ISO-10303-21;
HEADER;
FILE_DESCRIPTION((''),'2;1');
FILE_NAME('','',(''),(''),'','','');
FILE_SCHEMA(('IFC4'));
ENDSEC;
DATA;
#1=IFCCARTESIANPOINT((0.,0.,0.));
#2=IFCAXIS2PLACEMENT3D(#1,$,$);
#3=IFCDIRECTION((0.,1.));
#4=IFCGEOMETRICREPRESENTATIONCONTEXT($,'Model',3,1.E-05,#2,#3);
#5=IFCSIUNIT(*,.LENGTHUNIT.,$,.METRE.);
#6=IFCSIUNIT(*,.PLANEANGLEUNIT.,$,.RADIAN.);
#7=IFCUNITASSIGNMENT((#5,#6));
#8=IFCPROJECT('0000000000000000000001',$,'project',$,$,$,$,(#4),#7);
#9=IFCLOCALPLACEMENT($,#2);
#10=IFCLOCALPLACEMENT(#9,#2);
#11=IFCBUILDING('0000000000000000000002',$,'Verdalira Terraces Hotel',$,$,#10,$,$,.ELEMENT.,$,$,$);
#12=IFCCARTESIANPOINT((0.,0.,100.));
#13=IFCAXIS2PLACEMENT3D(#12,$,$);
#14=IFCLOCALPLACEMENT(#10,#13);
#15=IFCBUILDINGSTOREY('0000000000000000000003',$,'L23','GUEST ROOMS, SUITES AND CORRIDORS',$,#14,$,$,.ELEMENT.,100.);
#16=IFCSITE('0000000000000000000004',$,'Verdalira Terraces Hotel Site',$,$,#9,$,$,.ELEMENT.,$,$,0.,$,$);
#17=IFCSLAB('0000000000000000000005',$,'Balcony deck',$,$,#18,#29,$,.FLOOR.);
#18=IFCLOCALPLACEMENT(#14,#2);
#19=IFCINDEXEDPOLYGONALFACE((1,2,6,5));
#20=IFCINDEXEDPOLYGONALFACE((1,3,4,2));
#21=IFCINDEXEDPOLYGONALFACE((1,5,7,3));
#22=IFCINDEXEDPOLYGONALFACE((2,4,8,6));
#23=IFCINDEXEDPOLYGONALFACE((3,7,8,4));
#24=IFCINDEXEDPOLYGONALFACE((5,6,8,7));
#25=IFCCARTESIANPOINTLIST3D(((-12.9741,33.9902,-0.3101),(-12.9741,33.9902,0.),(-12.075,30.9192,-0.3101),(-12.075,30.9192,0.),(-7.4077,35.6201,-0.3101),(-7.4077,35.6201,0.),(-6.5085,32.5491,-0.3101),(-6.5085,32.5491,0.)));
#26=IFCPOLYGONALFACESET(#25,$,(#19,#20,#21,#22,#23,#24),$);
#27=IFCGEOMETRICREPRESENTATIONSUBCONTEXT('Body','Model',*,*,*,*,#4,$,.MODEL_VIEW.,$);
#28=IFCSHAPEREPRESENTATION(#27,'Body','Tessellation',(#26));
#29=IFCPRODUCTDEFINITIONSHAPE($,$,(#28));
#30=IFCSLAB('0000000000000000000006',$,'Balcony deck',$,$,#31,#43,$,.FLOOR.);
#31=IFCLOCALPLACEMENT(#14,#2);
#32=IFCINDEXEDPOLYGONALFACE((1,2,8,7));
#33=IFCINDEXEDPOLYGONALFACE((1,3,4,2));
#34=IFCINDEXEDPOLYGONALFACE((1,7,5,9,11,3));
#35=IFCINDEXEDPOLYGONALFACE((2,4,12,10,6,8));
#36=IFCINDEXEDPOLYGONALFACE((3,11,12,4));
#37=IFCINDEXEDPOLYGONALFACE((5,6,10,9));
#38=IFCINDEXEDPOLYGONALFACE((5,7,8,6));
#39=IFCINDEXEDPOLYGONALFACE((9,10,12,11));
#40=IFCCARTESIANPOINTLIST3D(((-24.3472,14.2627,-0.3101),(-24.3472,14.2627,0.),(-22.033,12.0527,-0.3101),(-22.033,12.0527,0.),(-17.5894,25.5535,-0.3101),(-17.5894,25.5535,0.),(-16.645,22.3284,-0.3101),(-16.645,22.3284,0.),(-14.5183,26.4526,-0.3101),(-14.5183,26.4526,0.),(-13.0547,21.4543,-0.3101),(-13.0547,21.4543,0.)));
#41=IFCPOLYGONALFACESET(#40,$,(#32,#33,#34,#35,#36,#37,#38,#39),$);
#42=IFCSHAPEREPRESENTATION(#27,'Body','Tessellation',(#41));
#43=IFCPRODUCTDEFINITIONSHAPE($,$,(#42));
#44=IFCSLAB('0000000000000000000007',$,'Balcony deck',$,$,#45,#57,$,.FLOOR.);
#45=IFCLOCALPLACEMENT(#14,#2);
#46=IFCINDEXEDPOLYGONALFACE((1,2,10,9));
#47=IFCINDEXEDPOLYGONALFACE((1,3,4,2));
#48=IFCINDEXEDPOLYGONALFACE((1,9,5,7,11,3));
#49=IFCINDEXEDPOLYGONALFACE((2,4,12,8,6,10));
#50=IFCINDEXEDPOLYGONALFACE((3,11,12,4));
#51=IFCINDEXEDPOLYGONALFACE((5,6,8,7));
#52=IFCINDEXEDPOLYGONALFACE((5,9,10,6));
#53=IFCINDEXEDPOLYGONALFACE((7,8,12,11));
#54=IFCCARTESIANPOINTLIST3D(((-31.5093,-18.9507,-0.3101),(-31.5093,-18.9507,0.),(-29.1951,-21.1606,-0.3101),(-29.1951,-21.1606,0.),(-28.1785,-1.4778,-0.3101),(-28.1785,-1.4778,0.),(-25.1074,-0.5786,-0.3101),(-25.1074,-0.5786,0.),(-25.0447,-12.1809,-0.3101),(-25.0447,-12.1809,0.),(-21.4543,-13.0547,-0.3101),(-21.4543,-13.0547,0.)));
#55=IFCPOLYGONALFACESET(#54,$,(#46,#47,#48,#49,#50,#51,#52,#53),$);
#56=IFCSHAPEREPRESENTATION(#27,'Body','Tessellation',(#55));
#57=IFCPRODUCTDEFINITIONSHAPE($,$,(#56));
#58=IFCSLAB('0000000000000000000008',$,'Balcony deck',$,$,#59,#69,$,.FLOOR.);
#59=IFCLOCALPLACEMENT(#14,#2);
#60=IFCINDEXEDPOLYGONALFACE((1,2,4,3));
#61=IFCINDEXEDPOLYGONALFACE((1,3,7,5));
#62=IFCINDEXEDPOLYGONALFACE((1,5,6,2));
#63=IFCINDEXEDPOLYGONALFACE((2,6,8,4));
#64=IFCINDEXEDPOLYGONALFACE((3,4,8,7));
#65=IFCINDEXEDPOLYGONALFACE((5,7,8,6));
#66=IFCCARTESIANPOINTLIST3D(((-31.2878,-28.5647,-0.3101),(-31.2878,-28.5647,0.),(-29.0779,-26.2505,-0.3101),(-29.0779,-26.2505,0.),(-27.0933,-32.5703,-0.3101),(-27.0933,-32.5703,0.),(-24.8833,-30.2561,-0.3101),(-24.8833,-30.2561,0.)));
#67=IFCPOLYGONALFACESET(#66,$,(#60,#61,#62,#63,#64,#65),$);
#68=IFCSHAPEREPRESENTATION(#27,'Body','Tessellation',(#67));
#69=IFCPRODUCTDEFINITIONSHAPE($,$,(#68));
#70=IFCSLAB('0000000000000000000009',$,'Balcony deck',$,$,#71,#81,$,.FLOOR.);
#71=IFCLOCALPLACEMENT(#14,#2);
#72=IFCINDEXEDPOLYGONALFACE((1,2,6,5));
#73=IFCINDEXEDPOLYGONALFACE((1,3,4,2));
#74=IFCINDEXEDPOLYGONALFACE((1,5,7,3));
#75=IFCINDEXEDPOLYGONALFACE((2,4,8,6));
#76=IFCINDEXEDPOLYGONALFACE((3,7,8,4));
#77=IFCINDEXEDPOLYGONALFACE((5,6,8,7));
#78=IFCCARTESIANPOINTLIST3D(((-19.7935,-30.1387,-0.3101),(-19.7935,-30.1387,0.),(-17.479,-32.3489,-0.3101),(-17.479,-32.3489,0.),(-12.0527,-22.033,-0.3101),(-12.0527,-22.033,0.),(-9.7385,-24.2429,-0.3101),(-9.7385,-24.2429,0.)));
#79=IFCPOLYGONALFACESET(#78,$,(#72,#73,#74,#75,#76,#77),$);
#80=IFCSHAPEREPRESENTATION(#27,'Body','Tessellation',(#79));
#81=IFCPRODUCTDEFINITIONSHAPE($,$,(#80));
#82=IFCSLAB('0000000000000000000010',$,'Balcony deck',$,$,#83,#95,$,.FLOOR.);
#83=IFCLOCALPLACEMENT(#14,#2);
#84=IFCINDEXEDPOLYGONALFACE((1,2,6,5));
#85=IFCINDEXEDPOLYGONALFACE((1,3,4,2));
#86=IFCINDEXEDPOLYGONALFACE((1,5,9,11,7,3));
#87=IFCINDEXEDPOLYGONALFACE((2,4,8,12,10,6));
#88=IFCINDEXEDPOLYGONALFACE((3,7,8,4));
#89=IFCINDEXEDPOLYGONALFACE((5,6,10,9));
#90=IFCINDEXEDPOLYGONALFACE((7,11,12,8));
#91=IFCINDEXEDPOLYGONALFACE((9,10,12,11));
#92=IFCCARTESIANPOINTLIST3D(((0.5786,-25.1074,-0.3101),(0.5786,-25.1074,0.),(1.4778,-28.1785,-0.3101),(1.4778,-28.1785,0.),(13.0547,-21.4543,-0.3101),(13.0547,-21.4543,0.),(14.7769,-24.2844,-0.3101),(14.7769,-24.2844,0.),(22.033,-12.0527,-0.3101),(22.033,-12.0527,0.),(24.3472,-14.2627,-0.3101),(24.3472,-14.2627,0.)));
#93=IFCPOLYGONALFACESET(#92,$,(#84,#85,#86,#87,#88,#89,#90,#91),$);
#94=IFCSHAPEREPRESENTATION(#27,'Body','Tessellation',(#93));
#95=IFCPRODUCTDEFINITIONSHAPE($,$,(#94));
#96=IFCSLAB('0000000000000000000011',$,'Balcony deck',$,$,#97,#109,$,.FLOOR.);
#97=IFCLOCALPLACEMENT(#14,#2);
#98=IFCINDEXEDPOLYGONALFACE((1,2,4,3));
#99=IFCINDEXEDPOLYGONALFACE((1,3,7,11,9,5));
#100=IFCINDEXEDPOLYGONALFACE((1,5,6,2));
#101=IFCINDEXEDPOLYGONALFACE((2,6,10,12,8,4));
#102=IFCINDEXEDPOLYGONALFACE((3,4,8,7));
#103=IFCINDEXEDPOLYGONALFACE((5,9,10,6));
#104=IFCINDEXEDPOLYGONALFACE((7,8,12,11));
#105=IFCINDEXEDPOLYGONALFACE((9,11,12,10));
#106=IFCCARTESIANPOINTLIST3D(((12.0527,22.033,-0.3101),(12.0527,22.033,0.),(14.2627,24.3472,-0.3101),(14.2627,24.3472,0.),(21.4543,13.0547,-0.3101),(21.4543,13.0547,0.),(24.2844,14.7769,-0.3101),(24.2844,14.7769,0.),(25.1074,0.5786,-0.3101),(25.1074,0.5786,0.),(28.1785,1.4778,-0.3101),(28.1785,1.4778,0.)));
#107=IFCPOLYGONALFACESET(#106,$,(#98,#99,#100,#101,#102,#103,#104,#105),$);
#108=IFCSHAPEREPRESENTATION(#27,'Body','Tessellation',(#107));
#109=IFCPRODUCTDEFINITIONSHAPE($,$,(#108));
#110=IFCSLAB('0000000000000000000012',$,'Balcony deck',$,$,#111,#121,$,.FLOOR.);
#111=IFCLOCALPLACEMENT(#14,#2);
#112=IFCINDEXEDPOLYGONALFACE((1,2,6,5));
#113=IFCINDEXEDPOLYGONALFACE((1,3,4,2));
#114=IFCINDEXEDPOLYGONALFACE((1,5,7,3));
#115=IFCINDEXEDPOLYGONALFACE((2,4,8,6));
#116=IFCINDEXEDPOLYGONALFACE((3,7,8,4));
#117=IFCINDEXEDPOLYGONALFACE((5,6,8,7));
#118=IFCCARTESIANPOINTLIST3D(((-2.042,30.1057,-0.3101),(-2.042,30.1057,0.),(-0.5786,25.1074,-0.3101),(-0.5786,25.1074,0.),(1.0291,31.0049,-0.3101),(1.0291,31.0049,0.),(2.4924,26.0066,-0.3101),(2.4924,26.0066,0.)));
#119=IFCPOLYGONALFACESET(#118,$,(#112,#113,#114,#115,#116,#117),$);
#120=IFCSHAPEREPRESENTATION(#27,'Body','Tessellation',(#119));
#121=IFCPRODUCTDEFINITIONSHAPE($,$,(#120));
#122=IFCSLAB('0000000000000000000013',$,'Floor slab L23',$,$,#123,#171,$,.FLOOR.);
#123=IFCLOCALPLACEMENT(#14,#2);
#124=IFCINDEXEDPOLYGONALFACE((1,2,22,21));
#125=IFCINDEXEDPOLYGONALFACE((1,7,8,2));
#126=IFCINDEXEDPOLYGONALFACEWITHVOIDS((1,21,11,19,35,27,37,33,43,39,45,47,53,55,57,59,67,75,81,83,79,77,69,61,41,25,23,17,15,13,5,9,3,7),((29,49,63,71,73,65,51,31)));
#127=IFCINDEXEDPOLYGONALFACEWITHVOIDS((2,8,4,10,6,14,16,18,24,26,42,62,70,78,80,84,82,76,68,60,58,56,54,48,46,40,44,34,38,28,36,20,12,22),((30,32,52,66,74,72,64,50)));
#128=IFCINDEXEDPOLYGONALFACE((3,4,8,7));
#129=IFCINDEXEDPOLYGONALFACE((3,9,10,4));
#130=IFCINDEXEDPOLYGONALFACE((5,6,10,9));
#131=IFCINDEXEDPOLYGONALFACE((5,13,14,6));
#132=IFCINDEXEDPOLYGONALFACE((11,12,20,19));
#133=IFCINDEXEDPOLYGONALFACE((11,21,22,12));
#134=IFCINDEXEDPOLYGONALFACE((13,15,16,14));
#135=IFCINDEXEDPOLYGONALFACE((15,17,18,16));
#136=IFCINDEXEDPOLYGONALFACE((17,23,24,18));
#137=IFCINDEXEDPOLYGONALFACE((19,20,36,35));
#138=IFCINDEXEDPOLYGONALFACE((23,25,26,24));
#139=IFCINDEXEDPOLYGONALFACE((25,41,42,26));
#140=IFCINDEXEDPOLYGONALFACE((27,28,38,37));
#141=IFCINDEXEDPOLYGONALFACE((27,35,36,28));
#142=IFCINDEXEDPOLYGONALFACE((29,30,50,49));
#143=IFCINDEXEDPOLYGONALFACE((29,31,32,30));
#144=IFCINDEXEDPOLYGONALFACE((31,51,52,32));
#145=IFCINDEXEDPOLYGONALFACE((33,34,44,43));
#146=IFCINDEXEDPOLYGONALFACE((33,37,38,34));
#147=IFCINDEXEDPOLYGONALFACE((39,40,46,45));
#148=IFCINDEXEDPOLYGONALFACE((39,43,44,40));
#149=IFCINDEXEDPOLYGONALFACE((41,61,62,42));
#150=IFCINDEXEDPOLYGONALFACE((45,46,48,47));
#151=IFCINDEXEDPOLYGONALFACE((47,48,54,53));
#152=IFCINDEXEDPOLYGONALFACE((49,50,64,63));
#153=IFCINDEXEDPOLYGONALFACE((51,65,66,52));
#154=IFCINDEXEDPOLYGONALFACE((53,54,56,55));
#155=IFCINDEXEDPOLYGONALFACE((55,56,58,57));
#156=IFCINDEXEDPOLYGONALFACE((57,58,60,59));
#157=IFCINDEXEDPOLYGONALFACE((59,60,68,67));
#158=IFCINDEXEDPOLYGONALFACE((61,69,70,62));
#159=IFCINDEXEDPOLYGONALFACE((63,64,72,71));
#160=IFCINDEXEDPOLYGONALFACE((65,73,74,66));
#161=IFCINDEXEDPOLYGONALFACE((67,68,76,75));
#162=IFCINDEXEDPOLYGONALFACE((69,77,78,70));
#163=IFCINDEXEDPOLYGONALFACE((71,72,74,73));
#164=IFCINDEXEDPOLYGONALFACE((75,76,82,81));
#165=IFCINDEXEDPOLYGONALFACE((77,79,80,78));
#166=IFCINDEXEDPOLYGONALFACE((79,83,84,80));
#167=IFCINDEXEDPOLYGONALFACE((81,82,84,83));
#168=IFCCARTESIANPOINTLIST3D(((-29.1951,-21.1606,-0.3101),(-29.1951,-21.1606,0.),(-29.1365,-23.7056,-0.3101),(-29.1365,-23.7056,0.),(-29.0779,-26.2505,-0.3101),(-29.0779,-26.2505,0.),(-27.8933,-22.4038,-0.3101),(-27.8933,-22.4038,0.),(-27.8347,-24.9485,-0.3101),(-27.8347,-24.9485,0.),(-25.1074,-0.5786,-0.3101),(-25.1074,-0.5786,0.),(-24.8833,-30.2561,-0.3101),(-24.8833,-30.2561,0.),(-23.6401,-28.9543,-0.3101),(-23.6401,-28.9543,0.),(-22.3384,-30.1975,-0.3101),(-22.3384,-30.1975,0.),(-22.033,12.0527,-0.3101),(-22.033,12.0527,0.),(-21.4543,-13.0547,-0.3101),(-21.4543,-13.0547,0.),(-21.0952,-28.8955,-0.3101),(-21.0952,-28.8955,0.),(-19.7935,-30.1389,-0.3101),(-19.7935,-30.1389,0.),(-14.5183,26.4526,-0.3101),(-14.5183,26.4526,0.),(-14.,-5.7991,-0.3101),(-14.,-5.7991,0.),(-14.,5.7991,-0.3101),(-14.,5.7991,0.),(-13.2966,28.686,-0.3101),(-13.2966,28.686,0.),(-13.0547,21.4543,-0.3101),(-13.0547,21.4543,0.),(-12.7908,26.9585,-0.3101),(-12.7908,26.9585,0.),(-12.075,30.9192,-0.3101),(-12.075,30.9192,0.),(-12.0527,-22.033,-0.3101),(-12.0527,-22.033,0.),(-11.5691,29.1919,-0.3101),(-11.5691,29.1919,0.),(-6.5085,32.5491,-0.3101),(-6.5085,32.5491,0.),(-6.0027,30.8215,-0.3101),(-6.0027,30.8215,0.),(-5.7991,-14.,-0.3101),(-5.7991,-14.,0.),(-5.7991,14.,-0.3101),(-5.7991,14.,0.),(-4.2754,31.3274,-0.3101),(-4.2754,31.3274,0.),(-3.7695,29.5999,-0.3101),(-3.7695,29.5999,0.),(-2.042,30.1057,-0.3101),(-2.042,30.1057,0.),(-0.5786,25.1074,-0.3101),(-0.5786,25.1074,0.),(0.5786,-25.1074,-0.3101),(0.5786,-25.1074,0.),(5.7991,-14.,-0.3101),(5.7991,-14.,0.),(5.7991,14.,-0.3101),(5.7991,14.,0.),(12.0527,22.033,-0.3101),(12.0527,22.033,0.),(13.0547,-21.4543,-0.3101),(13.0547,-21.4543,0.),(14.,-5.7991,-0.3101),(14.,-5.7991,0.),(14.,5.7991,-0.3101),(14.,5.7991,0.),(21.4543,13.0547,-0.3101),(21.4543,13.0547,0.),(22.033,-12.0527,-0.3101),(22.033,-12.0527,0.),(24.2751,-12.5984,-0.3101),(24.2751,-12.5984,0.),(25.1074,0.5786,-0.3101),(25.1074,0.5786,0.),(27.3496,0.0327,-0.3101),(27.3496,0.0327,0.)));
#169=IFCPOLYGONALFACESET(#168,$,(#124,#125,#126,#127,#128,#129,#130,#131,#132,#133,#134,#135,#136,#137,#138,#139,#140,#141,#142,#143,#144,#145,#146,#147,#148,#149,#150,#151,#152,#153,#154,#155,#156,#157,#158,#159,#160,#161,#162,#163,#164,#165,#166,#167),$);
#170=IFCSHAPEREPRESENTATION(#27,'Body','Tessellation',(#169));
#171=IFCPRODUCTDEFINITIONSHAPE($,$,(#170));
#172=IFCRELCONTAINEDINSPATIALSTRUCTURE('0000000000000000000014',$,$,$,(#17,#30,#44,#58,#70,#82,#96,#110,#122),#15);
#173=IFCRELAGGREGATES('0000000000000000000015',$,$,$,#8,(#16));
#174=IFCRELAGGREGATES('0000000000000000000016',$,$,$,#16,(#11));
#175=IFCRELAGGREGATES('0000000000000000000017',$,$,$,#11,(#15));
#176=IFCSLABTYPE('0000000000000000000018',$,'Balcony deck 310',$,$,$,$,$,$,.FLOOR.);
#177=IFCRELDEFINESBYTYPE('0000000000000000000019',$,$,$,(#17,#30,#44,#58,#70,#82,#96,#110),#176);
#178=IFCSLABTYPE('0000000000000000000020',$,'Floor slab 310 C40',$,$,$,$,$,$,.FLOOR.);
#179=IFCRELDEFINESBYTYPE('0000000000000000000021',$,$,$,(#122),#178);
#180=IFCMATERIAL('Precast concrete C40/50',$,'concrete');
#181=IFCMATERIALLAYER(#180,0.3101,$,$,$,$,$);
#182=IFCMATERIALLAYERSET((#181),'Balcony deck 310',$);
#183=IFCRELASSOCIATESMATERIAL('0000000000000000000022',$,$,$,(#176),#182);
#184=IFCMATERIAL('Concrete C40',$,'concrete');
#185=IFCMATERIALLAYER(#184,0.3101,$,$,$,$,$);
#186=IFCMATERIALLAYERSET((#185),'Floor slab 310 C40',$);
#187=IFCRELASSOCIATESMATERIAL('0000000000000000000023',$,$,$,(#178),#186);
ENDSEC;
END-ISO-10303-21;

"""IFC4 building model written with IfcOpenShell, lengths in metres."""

from ifc_helpers import new_model, si_unit, direction, frame, origin, place, context, subcontext, project, spatial, polyline, outline, extrude, material, layer, layer_set, type_object, element, save


model = new_model("IFC4")

# Units and contexts
model_context = context("Model", 3, precision=1e-05, world=origin(), true_north=direction((0.0, 1.0)))
body_context = subcontext(model_context, "Body", "Model", "MODEL_VIEW")
ifc_project = project(units=[si_unit("LENGTHUNIT", "METRE"), si_unit("PLANEANGLEUNIT", "RADIAN")], contexts=[model_context])

# Site, building, storey
site_placement = place(None, origin())
site = spatial("IfcSite", under=ifc_project, at=site_placement, Name="Verdalira Terraces Hotel Site", CompositionType="ELEMENT", RefElevation=0.0)
building_placement = place(site_placement, origin())
building = spatial("IfcBuilding", under=site, at=building_placement, Name="Verdalira Terraces Hotel", CompositionType="ELEMENT")
storey_placement = place(building_placement, frame((0.0, 0.0, 100.0)))
storey = spatial("IfcBuildingStorey", under=building, at=storey_placement, Name="L23", Description="GUEST ROOMS, SUITES AND CORRIDORS", CompositionType="ELEMENT", Elevation=100.0)

# Slabs
ifc_material_1 = material(Name="Precast concrete C40/50", Category="concrete")
ifc_layer_1 = layer(ifc_material_1, 0.3101)
ifc_layer_set_1 = layer_set([ifc_layer_1], Name="Balcony deck 310")
slab_type_1 = type_object("IfcSlabType", Name="Balcony deck 310", PredefinedType="FLOOR", material=ifc_layer_set_1)
slab_1_placement = place(storey_placement, frame((0.0, 0.0, -0.3101)))
element("IfcSlab", 1, at=slab_1_placement, inside=storey, type_object=slab_type_1, Name="Balcony deck", PredefinedType="FLOOR", context=body_context, shape_type="SweptSolid", body=[
    extrude(outline(polyline([(-12.9741, 33.9902), (-12.075, 30.9192), (-6.5085, 32.5491), (-7.4077, 35.6201), (-12.9741, 33.9902)])), origin(), (0.0, 0.0, 1.0), 0.3101),
])
slab_2_placement = place(storey_placement, frame((0.0, 0.0, -0.3101)))
element("IfcSlab", 2, at=slab_2_placement, inside=storey, type_object=slab_type_1, Name="Balcony deck", PredefinedType="FLOOR", context=body_context, shape_type="SweptSolid", body=[
    extrude(outline(polyline([(-16.645, 22.3284), (-24.3472, 14.2627), (-22.033, 12.0527), (-13.0547, 21.4543), (-14.5183, 26.4526), (-17.5894, 25.5535), (-16.645, 22.3284)])), origin(), (0.0, 0.0, 1.0), 0.3101),
])
slab_3_placement = place(storey_placement, frame((0.0, 0.0, -0.3101)))
element("IfcSlab", 3, at=slab_3_placement, inside=storey, type_object=slab_type_1, Name="Balcony deck", PredefinedType="FLOOR", context=body_context, shape_type="SweptSolid", body=[
    extrude(outline(polyline([(-25.0447, -12.1809), (-31.5093, -18.9507), (-29.1951, -21.1606), (-21.4543, -13.0547), (-25.1074, -0.5786), (-28.1785, -1.4778), (-25.0447, -12.1809)])), origin(), (0.0, 0.0, 1.0), 0.3101),
])
slab_4_placement = place(storey_placement, frame((0.0, 0.0, -0.3101)))
element("IfcSlab", 4, at=slab_4_placement, inside=storey, type_object=slab_type_1, Name="Balcony deck", PredefinedType="FLOOR", context=body_context, shape_type="SweptSolid", body=[
    extrude(outline(polyline([(-27.0933, -32.5703), (-24.8833, -30.2561), (-29.0779, -26.2505), (-31.2878, -28.5647), (-27.0933, -32.5703)])), origin(), (0.0, 0.0, 1.0), 0.3101),
])
slab_5_placement = place(storey_placement, frame((0.0, 0.0, -0.3101)))
element("IfcSlab", 5, at=slab_5_placement, inside=storey, type_object=slab_type_1, Name="Balcony deck", PredefinedType="FLOOR", context=body_context, shape_type="SweptSolid", body=[
    extrude(outline(polyline([(-9.7385, -24.2429), (-12.0527, -22.033), (-19.7935, -30.1387), (-17.479, -32.3489), (-9.7385, -24.2429)])), origin(), (0.0, 0.0, 1.0), 0.3101),
])
slab_6_placement = place(storey_placement, frame((0.0, 0.0, -0.3101)))
element("IfcSlab", 6, at=slab_6_placement, inside=storey, type_object=slab_type_1, Name="Balcony deck", PredefinedType="FLOOR", context=body_context, shape_type="SweptSolid", body=[
    extrude(outline(polyline([(24.3472, -14.2627), (22.033, -12.0527), (13.0547, -21.4543), (0.5786, -25.1074), (1.4778, -28.1785), (14.7769, -24.2844), (24.3472, -14.2627)])), origin(), (0.0, 0.0, 1.0), 0.3101),
])
slab_7_placement = place(storey_placement, frame((0.0, 0.0, -0.3101)))
element("IfcSlab", 7, at=slab_7_placement, inside=storey, type_object=slab_type_1, Name="Balcony deck", PredefinedType="FLOOR", context=body_context, shape_type="SweptSolid", body=[
    extrude(outline(polyline([(14.2627, 24.3472), (12.0527, 22.033), (21.4543, 13.0547), (25.1074, 0.5786), (28.1785, 1.4778), (24.2844, 14.7769), (14.2627, 24.3472)])), origin(), (0.0, 0.0, 1.0), 0.3101),
])
slab_8_placement = place(storey_placement, frame((0.0, 0.0, -0.3101)))
element("IfcSlab", 8, at=slab_8_placement, inside=storey, type_object=slab_type_1, Name="Balcony deck", PredefinedType="FLOOR", context=body_context, shape_type="SweptSolid", body=[
    extrude(outline(polyline([(1.0291, 31.0049), (-2.042, 30.1057), (-0.5786, 25.1074), (2.4924, 26.0066), (1.0291, 31.0049)])), origin(), (0.0, 0.0, 1.0), 0.3101),
])
ifc_material_2 = material(Name="Concrete C40", Category="concrete")
ifc_layer_2 = layer(ifc_material_2, 0.3101)
ifc_layer_set_2 = layer_set([ifc_layer_2], Name="Floor slab 310 C40")
slab_type_2 = type_object("IfcSlabType", Name="Floor slab 310 C40", PredefinedType="FLOOR", material=ifc_layer_set_2)
slab_9_placement = place(storey_placement, frame((0.0, 0.0, -0.3101)))
element("IfcSlab", 9, at=slab_9_placement, inside=storey, type_object=slab_type_2, Name="Floor slab L23", PredefinedType="FLOOR", context=body_context, shape_type="SweptSolid", body=[
    extrude(outline(polyline([(13.0547, -21.4543), (22.033, -12.0527), (24.2751, -12.5984), (27.3496, 0.0327), (25.1074, 0.5786), (21.4543, 13.0547), (12.0527, 22.033), (-0.5786, 25.1074), (-2.042, 30.1057), (-3.7695, 29.5999), (-4.2754, 31.3274), (-6.0027, 30.8215), (-6.5085, 32.5491), (-12.075, 30.9192), (-11.5691, 29.1919), (-13.2966, 28.686), (-12.7908, 26.9585), (-14.5183, 26.4526), (-13.0547, 21.4543), (-22.033, 12.0527), (-25.1074, -0.5786), (-21.4543, -13.0547), (-29.1951, -21.1606), (-27.8933, -22.4038), (-29.1365, -23.7056), (-27.8347, -24.9485), (-29.0779, -26.2505), (-24.8833, -30.2561), (-23.6401, -28.9543), (-22.3384, -30.1975), (-21.0952, -28.8955), (-19.7935, -30.1389), (-12.0527, -22.033), (0.5786, -25.1074), (13.0547, -21.4543)]), holes=[polyline([(5.7991, 14.0), (14.0, 5.7991), (14.0, -5.7991), (5.7991, -14.0), (-5.7991, -14.0), (-14.0, -5.7991), (-14.0, 5.7991), (-5.7991, 14.0), (5.7991, 14.0)])]), origin(), (0.0, 0.0, 1.0), 0.3101),
])

save(model, "model.ifc")
